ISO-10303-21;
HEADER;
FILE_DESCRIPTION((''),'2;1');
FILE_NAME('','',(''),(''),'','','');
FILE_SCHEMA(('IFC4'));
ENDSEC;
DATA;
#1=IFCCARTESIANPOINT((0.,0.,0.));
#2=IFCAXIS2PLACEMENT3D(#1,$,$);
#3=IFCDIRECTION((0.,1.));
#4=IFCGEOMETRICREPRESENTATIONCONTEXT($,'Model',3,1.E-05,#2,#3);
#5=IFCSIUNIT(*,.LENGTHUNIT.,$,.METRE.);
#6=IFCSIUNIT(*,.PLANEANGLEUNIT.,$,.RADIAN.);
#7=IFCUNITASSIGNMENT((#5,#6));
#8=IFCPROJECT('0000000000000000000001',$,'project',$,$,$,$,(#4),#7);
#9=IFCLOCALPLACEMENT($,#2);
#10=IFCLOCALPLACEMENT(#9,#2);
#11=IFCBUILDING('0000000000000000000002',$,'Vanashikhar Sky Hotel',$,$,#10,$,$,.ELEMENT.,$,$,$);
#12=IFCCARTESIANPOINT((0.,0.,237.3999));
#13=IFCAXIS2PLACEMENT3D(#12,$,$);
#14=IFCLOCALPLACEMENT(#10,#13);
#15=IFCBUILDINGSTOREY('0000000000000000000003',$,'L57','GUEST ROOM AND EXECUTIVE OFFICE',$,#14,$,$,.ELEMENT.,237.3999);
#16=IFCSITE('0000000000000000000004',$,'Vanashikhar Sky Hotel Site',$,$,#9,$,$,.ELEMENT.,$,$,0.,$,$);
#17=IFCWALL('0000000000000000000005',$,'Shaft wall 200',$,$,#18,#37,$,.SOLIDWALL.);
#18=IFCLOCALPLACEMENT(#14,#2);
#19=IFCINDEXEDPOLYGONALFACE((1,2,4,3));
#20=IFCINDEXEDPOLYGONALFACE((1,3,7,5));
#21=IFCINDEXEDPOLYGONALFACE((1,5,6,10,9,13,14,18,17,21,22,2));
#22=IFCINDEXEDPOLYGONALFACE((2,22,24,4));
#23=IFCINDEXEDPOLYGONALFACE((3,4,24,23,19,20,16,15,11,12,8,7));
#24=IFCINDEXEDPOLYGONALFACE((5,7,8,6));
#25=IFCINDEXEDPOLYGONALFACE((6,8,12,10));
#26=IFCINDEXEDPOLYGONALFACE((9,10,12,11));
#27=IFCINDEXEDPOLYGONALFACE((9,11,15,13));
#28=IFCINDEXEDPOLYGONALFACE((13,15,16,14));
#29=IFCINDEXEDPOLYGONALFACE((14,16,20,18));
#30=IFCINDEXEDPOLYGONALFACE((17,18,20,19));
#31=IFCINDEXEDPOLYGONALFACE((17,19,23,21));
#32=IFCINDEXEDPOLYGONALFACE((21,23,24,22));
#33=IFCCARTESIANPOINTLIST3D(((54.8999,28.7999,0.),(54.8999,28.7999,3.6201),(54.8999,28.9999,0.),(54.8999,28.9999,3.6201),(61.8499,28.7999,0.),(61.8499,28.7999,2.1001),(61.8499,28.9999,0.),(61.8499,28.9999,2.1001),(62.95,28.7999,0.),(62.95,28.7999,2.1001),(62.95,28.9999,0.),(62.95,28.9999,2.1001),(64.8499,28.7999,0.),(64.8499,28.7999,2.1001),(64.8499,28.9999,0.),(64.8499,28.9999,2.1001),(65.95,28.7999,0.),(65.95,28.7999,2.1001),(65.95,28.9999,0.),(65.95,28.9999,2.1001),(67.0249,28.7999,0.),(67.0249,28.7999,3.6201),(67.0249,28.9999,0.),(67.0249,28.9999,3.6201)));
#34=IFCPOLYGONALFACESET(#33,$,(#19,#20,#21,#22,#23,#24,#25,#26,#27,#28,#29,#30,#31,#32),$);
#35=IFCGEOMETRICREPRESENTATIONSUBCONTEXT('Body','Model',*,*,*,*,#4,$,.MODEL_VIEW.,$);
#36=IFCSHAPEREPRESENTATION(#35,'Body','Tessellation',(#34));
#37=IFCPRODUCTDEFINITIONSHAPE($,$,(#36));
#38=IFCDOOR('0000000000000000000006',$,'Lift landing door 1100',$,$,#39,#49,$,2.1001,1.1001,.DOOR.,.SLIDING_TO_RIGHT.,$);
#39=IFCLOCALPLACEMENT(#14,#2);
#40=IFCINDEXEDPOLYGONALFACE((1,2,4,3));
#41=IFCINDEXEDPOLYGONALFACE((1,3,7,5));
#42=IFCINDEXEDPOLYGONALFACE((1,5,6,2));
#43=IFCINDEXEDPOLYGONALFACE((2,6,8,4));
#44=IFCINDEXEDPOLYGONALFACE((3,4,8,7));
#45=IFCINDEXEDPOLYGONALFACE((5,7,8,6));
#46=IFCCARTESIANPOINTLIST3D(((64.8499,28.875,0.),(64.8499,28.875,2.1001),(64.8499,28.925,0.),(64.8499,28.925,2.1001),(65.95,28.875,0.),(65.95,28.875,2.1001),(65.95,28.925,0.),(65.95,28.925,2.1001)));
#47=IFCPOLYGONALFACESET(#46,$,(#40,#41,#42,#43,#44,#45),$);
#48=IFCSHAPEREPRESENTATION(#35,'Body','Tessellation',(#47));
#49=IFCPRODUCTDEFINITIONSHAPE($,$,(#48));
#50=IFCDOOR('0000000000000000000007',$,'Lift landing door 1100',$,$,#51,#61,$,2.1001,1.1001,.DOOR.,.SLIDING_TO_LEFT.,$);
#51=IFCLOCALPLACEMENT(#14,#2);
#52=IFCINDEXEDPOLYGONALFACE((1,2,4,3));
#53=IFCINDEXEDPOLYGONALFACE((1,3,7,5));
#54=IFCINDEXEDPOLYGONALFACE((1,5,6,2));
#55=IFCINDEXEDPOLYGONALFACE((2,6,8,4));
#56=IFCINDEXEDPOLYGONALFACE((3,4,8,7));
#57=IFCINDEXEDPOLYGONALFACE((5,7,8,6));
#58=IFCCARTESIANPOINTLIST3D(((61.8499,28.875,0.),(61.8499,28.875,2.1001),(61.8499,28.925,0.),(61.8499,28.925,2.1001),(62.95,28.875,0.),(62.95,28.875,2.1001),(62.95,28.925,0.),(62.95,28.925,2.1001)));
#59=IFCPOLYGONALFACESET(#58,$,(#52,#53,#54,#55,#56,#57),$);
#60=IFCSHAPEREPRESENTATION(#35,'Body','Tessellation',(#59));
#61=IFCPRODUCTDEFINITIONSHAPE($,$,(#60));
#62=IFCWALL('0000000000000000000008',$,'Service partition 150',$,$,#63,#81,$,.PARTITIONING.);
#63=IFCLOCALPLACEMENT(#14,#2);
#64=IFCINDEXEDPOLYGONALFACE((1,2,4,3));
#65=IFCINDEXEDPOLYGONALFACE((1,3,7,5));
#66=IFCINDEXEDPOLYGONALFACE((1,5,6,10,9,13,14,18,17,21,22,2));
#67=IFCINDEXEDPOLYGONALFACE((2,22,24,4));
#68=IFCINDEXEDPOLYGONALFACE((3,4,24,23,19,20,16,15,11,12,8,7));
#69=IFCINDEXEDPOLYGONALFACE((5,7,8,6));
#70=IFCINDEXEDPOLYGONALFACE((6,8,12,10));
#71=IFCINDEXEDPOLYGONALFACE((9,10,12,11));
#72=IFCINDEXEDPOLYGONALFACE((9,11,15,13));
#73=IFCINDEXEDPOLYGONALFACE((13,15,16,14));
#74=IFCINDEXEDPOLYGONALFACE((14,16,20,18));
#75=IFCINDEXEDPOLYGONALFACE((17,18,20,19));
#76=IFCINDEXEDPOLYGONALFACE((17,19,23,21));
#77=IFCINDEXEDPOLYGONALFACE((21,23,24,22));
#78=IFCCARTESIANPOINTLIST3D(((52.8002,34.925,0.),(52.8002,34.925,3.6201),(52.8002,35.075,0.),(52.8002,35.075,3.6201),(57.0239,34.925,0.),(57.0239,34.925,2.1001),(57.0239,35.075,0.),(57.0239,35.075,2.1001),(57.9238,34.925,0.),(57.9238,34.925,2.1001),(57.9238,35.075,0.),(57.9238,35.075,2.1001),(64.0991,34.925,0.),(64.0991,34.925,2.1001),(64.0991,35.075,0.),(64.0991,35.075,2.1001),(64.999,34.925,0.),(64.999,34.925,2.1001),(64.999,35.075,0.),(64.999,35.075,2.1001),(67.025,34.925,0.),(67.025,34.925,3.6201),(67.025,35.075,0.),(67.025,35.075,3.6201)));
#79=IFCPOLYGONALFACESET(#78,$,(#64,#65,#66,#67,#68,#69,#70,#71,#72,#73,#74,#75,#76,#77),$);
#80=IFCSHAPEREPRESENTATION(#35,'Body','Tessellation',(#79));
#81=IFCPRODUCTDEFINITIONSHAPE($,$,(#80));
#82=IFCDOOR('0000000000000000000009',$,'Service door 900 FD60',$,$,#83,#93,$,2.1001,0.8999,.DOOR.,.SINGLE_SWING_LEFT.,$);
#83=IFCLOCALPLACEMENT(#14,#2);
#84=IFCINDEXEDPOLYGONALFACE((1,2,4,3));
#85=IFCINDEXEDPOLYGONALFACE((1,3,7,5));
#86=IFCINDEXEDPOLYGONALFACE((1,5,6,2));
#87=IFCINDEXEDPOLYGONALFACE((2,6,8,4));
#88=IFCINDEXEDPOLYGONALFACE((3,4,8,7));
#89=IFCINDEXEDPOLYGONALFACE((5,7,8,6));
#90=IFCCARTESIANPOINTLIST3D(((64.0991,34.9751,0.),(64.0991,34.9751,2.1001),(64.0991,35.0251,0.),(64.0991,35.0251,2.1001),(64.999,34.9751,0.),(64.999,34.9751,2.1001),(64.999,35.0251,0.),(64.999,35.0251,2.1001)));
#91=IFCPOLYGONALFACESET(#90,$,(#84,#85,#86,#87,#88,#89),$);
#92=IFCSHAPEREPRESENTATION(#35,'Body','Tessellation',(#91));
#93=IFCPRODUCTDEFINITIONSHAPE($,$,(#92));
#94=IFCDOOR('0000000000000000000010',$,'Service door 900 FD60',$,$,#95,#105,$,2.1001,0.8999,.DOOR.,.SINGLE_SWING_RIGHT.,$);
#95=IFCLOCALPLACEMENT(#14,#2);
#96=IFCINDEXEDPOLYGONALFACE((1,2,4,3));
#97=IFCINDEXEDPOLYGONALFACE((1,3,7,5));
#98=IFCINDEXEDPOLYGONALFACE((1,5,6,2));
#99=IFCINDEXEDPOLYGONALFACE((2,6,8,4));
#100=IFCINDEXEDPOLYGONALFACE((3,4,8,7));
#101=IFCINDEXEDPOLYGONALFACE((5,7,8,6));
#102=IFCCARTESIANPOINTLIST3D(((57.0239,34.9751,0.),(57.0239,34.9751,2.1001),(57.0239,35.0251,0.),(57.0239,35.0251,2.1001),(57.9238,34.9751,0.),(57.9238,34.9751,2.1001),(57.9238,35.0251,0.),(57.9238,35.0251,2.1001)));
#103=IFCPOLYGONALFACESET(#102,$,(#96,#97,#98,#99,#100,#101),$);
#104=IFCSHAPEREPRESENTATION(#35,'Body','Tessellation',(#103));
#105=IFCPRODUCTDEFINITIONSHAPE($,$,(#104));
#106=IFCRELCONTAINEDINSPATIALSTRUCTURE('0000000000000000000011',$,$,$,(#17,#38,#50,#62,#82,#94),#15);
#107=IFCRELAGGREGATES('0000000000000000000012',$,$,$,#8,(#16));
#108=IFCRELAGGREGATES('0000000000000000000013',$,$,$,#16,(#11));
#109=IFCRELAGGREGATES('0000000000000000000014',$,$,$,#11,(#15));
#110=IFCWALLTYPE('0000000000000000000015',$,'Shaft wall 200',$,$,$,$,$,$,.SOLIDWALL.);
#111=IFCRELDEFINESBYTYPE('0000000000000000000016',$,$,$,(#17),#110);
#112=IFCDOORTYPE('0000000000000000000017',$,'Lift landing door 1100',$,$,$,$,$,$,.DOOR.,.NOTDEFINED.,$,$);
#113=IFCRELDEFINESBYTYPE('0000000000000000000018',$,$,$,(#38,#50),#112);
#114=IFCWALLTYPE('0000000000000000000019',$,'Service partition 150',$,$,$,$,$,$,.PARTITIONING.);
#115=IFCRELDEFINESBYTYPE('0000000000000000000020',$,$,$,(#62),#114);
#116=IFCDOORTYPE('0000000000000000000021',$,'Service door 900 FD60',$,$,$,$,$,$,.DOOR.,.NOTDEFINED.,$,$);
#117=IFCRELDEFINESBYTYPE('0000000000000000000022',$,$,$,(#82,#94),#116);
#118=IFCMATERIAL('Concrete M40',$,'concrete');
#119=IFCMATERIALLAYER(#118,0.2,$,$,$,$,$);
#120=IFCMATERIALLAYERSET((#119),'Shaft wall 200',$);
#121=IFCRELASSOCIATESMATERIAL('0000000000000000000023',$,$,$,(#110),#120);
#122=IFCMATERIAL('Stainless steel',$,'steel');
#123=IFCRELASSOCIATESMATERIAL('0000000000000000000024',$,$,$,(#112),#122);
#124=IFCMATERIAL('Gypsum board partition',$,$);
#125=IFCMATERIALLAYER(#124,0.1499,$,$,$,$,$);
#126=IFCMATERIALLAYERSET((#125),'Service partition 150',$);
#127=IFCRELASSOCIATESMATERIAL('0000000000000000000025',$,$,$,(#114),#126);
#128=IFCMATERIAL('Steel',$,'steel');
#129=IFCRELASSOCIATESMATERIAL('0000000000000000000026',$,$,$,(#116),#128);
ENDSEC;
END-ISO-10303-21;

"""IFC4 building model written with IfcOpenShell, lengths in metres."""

from ifc_helpers import new_model, si_unit, direction, frame, frame_2d, origin, place, context, subcontext, project, spatial, rectangle, extrude, source, transform, mapped, material, layer, layer_set, type_object, element, fill, save


model = new_model("IFC4")

# Units and contexts
model_context = context("Model", 3, precision=1e-05, world=origin(), true_north=direction((0.0, 1.0)))
body_context = subcontext(model_context, "Body", "Model", "MODEL_VIEW")
ifc_project = project(units=[si_unit("LENGTHUNIT", "METRE"), si_unit("PLANEANGLEUNIT", "RADIAN")], contexts=[model_context])

# Site, building, storey
site_placement = place(None, origin())
site = spatial("IfcSite", under=ifc_project, at=site_placement, Name="Vanashikhar Sky Hotel Site", CompositionType="ELEMENT", RefElevation=0.0)
building_placement = place(site_placement, origin())
building = spatial("IfcBuilding", under=site, at=building_placement, Name="Vanashikhar Sky Hotel", CompositionType="ELEMENT")
storey_placement = place(building_placement, frame((0.0, 0.0, 237.3999)))
storey = spatial("IfcBuildingStorey", under=building, at=storey_placement, Name="L57", Description="GUEST ROOM AND EXECUTIVE OFFICE", CompositionType="ELEMENT", Elevation=237.3999)

# Shared definitions
ifc_material_1 = material(Name="Concrete M40", Category="concrete")
ifc_layer_1 = layer(ifc_material_1, 0.2)
ifc_layer_set_1 = layer_set([ifc_layer_1], Name="Shaft wall 200")
wall_type_1 = type_object("IfcWallType", Name="Shaft wall 200", PredefinedType="SOLIDWALL", material=ifc_layer_set_1)
shared_shape_1 = source(origin(), body_context, "Body", "SweptSolid", [
    extrude(rectangle(XDim=1.1001, YDim=2.1001, at=frame_2d((0.55, 1.05))), frame((0.0, 0.1099, 0.0), z_axis=(0.0, -1.0, 0.0), x_axis=(1.0, 0.0, 0.0)), (0.0, 0.0, 1.0), 0.22),
])
ifc_material_2 = material(Name="Stainless steel", Category="steel")
door_type_1 = type_object("IfcDoorType", Name="Lift landing door 1100", OperationType="NOTDEFINED", PredefinedType="DOOR", material=ifc_material_2)
shared_shape_2 = source(origin(), body_context, "Body", "SweptSolid", [
    extrude(rectangle(XDim=1.1001, YDim=2.1001, at=frame_2d((0.55, 1.05))), frame((0.0, 0.0249, 0.0), z_axis=(0.0, -1.0, 0.0), x_axis=(1.0, 0.0, 0.0)), (0.0, 0.0, 1.0), 0.05),
])

# Shared definitions
ifc_material_3 = material(Name="Gypsum board partition")
ifc_layer_2 = layer(ifc_material_3, 0.1499)
ifc_layer_set_2 = layer_set([ifc_layer_2], Name="Service partition 150")
wall_type_2 = type_object("IfcWallType", Name="Service partition 150", PredefinedType="PARTITIONING", material=ifc_layer_set_2)

# Walls, openings, doors
shared_shape_3 = source(origin(), body_context, "Body", "SweptSolid", [
    extrude(rectangle(XDim=12.125, YDim=0.2, at=frame_2d((6.0625, 0.0))), origin(), (0.0, 0.0, 1.0), 3.6201),
])
wall_1_placement = place(storey_placement, frame((67.0249, 28.8999, 0.0), z_axis=(0.0, 0.0, 1.0), x_axis=(-1.0, 0.0, 0.0)))
wall_1 = element("IfcWall", 1, at=wall_1_placement, inside=storey, type_object=wall_type_1, Name="Shaft wall 200", PredefinedType="SOLIDWALL", context=body_context, shape_type="MappedRepresentation", body=[
    mapped(shared_shape_3, transform((0.0, 0.0, 0.0), scale=1.0)),
])
opening_1_placement = place(wall_1_placement, frame((1.075, 0.0, 0.0)))
opening_1 = element("IfcOpeningElement", 2, at=opening_1_placement, cuts=wall_1, PredefinedType="OPENING", context=body_context, shape_type="MappedRepresentation", body=[
    mapped(shared_shape_1, transform((0.0, 0.0, 0.0), scale=1.0)),
])
opening_2_placement = place(wall_1_placement, frame((4.075, 0.0, 0.0)))
opening_2 = element("IfcOpeningElement", 3, at=opening_2_placement, cuts=wall_1, PredefinedType="OPENING", context=body_context, shape_type="MappedRepresentation", body=[
    mapped(shared_shape_1, transform((0.0, 0.0, 0.0), scale=1.0)),
])
door_1_placement = place(opening_1_placement, origin())
door_1 = element("IfcDoor", 4, at=door_1_placement, inside=storey, type_object=door_type_1, Name="Lift landing door 1100", OperationType="SLIDING_TO_RIGHT", OverallHeight=2.1001, OverallWidth=1.1001, PredefinedType="DOOR", context=body_context, shape_type="MappedRepresentation", body=[
    mapped(shared_shape_2, transform((0.0, 0.0, 0.0), scale=1.0)),
])
fill(opening_1, door_1)
door_2_placement = place(opening_2_placement, origin())
door_2 = element("IfcDoor", 5, at=door_2_placement, inside=storey, type_object=door_type_1, Name="Lift landing door 1100", OperationType="SLIDING_TO_LEFT", OverallHeight=2.1001, OverallWidth=1.1001, PredefinedType="DOOR", context=body_context, shape_type="MappedRepresentation", body=[
    mapped(shared_shape_2, transform((0.0, 0.0, 0.0), scale=1.0)),
])
fill(opening_2, door_2)
shared_shape_4 = source(origin(), body_context, "Body", "SweptSolid", [
    extrude(rectangle(XDim=14.2249, YDim=0.1499, at=frame_2d((7.1123, 0.0))), origin(), (0.0, 0.0, 1.0), 3.6201),
])
wall_2_placement = place(storey_placement, frame((67.0249, 35.0, 0.0), z_axis=(0.0, 0.0, 1.0), x_axis=(-1.0, 0.0, 0.0)))
wall_2 = element("IfcWall", 6, at=wall_2_placement, inside=storey, type_object=wall_type_2, Name="Service partition 150", PredefinedType="PARTITIONING", context=body_context, shape_type="MappedRepresentation", body=[
    mapped(shared_shape_4, transform((0.0, 0.0, 0.0), scale=1.0)),
])
shared_shape_5 = source(origin(), body_context, "Body", "SweptSolid", [
    extrude(rectangle(XDim=0.8999, YDim=2.1001, at=frame_2d((0.45, 1.05))), frame((0.0, 0.085, 0.0), z_axis=(0.0, -1.0, 0.0), x_axis=(1.0, 0.0, 0.0)), (0.0, 0.0, 1.0), 0.1699),
])
opening_3_placement = place(wall_2_placement, frame((2.0259, 0.0, 0.0)))
opening_3 = element("IfcOpeningElement", 7, at=opening_3_placement, cuts=wall_2, PredefinedType="OPENING", context=body_context, shape_type="MappedRepresentation", body=[
    mapped(shared_shape_5, transform((0.0, 0.0, 0.0), scale=1.0)),
])
opening_4_placement = place(wall_2_placement, frame((9.1011, 0.0, 0.0)))
opening_4 = element("IfcOpeningElement", 8, at=opening_4_placement, cuts=wall_2, PredefinedType="OPENING", context=body_context, shape_type="MappedRepresentation", body=[
    mapped(shared_shape_5, transform((0.0, 0.0, 0.0), scale=1.0)),
])
ifc_material_4 = material(Name="Steel", Category="steel")
door_type_2 = type_object("IfcDoorType", Name="Service door 900 FD60", OperationType="NOTDEFINED", PredefinedType="DOOR", material=ifc_material_4)
shared_shape_6 = source(origin(), body_context, "Body", "SweptSolid", [
    extrude(rectangle(XDim=0.8999, YDim=2.1001, at=frame_2d((0.45, 1.05))), frame((0.0, 0.0249, 0.0), z_axis=(0.0, -1.0, 0.0), x_axis=(1.0, 0.0, 0.0)), (0.0, 0.0, 1.0), 0.05),
])
door_3_placement = place(opening_3_placement, origin())
door_3 = element("IfcDoor", 9, at=door_3_placement, inside=storey, type_object=door_type_2, Name="Service door 900 FD60", OperationType="SINGLE_SWING_LEFT", OverallHeight=2.1001, OverallWidth=0.8999, PredefinedType="DOOR", context=body_context, shape_type="MappedRepresentation", body=[
    mapped(shared_shape_6, transform((0.0, 0.0, 0.0), scale=1.0)),
])
fill(opening_3, door_3)
door_4_placement = place(opening_4_placement, origin())
door_4 = element("IfcDoor", 10, at=door_4_placement, inside=storey, type_object=door_type_2, Name="Service door 900 FD60", OperationType="SINGLE_SWING_RIGHT", OverallHeight=2.1001, OverallWidth=0.8999, PredefinedType="DOOR", context=body_context, shape_type="MappedRepresentation", body=[
    mapped(shared_shape_6, transform((0.0, 0.0, 0.0), scale=1.0)),
])
fill(opening_4, door_4)

save(model, "model.ifc")
